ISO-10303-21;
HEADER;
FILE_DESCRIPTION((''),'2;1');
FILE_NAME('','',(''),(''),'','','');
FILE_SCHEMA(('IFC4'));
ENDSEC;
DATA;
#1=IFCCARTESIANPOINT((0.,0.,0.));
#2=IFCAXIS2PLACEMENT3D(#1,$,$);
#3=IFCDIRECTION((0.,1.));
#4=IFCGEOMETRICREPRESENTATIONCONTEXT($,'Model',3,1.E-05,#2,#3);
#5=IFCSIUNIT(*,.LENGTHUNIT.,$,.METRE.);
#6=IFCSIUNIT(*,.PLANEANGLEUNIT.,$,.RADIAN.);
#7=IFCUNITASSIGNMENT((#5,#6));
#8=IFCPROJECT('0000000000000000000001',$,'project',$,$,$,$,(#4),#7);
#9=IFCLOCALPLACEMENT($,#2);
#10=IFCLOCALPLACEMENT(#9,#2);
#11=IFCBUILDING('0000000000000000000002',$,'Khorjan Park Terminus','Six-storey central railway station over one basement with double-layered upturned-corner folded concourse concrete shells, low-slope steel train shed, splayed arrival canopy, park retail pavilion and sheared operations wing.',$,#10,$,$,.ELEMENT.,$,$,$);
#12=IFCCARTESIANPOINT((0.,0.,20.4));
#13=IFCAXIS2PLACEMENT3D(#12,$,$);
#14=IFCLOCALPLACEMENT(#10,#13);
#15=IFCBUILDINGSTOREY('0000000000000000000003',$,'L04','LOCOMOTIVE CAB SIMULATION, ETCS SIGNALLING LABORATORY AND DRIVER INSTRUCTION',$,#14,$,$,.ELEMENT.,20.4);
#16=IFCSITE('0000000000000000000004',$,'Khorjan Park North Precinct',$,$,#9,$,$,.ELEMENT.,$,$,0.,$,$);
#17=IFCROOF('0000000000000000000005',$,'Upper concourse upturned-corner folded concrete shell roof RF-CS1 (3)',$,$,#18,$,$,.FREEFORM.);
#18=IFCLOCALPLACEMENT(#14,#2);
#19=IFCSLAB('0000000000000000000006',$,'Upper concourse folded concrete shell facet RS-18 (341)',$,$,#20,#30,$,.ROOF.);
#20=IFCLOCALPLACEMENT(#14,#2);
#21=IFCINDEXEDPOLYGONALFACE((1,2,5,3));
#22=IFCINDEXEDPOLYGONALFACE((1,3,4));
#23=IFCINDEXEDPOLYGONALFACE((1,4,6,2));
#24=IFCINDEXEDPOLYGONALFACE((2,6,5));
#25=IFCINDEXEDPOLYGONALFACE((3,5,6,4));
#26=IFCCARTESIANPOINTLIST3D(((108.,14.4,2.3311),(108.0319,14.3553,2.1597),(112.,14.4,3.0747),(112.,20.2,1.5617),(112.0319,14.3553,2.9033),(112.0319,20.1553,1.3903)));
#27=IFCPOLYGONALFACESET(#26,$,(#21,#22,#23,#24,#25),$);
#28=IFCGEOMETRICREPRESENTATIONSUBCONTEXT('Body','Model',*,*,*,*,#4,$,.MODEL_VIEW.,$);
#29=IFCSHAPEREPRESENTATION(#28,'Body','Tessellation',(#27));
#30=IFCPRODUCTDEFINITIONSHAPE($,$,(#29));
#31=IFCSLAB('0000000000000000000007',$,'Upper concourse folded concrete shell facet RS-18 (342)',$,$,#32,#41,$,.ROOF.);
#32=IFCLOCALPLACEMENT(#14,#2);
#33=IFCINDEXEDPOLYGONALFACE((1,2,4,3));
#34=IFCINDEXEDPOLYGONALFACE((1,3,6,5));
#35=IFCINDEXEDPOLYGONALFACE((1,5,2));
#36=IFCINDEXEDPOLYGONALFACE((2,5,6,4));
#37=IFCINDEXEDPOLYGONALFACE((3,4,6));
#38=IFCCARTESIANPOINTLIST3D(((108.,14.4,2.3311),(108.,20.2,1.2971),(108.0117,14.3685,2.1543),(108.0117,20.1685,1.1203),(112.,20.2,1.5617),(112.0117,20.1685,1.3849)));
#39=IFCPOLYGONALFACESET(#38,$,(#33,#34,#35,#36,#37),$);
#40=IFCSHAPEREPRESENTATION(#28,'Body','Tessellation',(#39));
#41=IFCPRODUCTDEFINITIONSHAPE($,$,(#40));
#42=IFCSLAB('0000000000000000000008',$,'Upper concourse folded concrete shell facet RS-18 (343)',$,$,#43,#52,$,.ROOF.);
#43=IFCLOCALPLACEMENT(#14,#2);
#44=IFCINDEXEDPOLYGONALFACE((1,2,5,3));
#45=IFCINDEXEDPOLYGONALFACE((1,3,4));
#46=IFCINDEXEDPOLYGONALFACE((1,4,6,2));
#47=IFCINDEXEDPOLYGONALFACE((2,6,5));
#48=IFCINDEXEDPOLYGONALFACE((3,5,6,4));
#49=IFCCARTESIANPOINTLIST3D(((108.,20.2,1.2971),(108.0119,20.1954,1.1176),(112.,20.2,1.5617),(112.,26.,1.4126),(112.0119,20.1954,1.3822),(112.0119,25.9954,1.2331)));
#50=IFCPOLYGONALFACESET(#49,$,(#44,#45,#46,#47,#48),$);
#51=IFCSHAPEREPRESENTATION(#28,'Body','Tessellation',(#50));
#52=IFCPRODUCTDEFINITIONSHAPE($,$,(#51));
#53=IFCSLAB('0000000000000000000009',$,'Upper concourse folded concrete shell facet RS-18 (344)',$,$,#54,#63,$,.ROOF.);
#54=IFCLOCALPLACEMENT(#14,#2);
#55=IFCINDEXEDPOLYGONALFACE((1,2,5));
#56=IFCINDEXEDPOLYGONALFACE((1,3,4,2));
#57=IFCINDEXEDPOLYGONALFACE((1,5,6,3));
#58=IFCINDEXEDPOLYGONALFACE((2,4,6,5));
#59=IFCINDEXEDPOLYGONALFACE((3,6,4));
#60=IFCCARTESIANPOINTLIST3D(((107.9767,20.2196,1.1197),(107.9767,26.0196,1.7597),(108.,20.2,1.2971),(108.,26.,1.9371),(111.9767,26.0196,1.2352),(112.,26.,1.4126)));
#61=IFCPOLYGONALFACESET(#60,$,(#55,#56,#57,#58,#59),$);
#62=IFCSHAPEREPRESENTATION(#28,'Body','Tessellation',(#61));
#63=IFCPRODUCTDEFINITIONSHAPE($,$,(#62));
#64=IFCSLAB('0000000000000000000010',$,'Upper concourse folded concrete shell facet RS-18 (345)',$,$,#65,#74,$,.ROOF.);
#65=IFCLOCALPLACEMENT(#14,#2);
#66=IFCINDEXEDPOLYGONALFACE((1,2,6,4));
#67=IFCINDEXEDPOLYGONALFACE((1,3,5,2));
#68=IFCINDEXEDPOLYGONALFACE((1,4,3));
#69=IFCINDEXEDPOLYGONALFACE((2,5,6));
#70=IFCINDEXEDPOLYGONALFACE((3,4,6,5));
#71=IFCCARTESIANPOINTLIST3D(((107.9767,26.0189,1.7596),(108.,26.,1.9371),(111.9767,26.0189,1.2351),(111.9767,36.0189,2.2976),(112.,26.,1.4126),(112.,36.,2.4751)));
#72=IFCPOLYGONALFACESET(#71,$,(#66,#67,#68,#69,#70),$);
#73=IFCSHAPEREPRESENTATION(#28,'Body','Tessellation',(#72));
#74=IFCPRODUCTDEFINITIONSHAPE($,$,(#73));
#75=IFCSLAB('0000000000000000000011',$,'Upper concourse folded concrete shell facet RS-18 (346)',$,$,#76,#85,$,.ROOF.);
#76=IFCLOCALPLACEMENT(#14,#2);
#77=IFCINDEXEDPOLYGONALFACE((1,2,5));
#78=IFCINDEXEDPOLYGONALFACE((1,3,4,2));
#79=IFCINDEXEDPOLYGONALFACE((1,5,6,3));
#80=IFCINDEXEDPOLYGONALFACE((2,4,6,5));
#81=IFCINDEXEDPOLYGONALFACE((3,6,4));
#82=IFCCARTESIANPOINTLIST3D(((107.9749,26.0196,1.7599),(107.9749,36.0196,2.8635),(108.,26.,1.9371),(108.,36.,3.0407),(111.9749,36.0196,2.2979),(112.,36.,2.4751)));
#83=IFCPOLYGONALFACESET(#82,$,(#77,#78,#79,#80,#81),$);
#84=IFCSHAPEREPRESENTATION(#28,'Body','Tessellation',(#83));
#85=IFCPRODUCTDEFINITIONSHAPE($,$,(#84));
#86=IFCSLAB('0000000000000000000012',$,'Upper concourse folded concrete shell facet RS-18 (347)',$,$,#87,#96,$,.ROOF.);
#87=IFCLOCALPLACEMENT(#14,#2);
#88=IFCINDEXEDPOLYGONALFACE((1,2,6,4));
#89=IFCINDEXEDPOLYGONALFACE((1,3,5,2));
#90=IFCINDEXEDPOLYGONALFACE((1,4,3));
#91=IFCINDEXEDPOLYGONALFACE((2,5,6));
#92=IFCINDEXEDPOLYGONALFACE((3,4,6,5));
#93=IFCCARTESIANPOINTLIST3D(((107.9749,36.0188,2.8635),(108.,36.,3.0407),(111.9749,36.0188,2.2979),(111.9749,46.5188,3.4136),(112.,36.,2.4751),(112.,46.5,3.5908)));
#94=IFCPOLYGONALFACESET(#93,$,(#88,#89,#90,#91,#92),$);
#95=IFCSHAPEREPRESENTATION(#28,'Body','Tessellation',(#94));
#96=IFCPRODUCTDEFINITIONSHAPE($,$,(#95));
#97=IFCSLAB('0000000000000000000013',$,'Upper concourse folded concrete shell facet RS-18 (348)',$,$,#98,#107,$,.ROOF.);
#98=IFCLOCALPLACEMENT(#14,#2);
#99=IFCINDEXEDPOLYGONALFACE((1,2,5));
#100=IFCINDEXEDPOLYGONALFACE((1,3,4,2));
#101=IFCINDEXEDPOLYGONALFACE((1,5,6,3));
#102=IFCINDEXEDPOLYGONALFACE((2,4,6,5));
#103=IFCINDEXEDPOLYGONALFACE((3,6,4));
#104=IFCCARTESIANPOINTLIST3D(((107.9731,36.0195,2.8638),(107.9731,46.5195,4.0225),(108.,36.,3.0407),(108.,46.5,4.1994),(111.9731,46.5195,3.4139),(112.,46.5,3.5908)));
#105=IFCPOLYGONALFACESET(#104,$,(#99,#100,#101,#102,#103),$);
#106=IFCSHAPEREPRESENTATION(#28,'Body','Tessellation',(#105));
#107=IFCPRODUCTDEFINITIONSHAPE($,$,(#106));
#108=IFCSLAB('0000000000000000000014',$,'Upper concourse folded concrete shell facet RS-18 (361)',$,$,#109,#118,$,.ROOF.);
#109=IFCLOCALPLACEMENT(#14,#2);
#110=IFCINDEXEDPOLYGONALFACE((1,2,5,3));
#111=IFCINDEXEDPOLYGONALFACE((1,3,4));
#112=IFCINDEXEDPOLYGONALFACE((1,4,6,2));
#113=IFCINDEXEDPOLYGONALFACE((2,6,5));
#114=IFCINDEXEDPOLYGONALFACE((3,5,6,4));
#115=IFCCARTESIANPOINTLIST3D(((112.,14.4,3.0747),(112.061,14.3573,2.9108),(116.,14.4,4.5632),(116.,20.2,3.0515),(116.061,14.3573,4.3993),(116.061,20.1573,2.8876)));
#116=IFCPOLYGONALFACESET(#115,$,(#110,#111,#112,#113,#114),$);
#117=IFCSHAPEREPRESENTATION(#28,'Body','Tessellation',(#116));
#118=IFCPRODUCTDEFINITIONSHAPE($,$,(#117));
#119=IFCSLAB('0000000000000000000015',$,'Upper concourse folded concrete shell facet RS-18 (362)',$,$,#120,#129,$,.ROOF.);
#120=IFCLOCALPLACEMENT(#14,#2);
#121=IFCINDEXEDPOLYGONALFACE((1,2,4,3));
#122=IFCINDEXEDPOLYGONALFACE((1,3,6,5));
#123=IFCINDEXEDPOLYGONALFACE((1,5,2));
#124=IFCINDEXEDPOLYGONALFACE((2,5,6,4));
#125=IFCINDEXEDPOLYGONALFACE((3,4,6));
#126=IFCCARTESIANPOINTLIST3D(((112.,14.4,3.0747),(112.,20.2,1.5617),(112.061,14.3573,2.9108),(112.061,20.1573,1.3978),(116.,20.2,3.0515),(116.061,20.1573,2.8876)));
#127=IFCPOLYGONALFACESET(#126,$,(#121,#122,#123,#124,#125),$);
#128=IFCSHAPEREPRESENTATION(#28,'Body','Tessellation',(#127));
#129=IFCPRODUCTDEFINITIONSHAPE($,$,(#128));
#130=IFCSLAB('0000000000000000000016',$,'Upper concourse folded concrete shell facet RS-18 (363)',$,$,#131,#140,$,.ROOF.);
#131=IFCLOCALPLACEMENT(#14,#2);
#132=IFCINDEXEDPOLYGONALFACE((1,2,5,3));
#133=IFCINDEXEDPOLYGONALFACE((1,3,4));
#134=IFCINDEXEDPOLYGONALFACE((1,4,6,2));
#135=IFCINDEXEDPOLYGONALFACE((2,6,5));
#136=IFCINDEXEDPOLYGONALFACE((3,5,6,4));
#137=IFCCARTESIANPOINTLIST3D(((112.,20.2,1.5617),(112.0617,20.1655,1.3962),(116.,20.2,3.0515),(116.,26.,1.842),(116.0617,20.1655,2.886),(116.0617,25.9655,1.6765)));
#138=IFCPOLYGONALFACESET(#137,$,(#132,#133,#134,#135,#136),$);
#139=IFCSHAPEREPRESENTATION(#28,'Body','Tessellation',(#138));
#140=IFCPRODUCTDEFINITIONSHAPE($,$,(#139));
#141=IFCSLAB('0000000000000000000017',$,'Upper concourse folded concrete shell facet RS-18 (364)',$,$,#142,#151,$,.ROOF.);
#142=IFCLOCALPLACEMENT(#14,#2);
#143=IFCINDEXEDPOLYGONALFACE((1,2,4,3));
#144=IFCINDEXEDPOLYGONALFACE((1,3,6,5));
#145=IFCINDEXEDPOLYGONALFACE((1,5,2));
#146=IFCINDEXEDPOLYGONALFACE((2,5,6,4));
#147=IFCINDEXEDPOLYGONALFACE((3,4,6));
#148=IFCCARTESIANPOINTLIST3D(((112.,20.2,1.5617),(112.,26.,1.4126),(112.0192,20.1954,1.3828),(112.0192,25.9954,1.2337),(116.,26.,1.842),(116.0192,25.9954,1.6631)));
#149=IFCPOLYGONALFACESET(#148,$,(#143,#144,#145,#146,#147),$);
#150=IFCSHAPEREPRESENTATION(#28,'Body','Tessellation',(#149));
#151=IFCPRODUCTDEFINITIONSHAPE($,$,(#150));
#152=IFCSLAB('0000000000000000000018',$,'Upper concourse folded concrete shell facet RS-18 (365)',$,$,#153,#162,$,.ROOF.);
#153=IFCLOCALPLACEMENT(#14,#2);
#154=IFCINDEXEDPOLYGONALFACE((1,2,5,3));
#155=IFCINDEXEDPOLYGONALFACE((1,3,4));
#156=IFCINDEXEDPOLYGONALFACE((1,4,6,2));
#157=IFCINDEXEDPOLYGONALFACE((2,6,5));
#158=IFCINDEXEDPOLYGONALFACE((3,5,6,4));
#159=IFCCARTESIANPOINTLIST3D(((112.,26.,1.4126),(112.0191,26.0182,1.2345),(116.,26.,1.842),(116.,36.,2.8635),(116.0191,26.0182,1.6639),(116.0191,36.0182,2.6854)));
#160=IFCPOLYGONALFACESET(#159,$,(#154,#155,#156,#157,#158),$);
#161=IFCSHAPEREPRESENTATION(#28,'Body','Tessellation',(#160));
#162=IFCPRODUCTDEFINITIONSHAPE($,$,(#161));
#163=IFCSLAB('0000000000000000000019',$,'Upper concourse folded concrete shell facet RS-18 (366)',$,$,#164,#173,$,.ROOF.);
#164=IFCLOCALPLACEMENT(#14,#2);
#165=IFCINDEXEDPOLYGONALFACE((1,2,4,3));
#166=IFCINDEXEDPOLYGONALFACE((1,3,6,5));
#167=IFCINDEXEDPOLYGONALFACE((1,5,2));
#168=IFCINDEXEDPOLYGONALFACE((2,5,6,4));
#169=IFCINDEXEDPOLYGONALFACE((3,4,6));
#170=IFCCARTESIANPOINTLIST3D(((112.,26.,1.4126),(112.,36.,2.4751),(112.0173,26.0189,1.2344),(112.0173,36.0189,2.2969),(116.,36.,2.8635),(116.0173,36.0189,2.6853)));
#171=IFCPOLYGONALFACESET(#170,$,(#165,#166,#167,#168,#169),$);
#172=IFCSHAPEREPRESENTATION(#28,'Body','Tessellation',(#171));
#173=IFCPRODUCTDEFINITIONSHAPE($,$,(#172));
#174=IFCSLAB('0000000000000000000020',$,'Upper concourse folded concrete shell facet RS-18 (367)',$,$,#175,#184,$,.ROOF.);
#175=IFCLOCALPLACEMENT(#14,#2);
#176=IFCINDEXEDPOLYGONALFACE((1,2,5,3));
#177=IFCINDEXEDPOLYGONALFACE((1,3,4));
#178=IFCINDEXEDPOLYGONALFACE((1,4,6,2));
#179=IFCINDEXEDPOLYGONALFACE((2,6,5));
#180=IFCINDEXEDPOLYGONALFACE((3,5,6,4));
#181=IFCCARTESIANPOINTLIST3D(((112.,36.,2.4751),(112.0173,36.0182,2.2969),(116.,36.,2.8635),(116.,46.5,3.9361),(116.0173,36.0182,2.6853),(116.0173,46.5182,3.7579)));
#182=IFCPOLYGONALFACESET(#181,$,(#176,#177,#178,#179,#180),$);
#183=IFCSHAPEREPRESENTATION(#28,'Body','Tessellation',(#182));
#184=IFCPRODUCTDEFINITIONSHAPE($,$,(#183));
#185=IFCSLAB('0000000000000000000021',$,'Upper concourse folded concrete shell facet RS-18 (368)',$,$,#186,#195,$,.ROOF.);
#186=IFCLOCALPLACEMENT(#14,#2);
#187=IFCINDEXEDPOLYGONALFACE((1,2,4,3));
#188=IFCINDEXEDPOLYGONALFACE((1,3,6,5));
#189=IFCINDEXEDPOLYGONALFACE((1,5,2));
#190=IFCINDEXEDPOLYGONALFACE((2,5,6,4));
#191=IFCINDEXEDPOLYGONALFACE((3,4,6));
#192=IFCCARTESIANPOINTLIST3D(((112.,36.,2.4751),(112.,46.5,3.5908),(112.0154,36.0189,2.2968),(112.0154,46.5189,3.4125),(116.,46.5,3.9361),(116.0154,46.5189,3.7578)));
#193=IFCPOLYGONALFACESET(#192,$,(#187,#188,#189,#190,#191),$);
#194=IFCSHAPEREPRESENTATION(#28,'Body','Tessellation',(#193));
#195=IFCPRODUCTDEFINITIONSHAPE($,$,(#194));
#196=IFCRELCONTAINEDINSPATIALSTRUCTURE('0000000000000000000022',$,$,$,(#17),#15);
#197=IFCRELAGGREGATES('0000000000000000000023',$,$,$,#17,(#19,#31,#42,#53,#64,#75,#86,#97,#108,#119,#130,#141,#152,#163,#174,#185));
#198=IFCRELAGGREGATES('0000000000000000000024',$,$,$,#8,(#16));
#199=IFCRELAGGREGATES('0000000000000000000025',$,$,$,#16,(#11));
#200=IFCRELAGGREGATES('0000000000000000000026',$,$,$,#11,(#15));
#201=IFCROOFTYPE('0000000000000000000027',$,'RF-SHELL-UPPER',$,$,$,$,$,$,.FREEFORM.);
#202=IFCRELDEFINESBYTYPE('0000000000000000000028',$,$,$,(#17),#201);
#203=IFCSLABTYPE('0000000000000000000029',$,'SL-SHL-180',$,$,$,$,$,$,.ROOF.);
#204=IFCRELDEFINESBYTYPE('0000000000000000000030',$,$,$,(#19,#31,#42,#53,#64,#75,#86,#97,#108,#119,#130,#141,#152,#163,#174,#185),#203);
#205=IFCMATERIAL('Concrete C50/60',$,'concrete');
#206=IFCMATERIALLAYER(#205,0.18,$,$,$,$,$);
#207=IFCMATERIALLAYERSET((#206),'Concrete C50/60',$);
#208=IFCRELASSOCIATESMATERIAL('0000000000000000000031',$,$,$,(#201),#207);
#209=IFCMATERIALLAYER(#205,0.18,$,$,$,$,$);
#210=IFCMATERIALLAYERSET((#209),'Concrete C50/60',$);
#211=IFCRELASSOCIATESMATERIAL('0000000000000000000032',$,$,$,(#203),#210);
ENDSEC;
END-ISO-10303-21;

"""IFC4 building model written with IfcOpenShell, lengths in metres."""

from ifc_helpers import new_model, si_unit, direction, frame, origin, place, context, subcontext, project, spatial, polyline, outline, extrude, material, layer, layer_set, type_object, element, aggregate, save


model = new_model("IFC4")

# Units and contexts
model_context = context("Model", 3, precision=1e-05, world=origin(), true_north=direction((0.0, 1.0)))
body_context = subcontext(model_context, "Body", "Model", "MODEL_VIEW")
ifc_project = project(units=[si_unit("LENGTHUNIT", "METRE"), si_unit("PLANEANGLEUNIT", "RADIAN")], contexts=[model_context])

# Site, building, storey
site_placement = place(None, origin())
site = spatial("IfcSite", under=ifc_project, at=site_placement, Name="Khorjan Park North Precinct", CompositionType="ELEMENT", RefElevation=0.0)
building_placement = place(site_placement, origin())
building = spatial("IfcBuilding", under=site, at=building_placement, Name="Khorjan Park Terminus", Description="Six-storey central railway station over one basement with double-layered upturned-corner folded concourse concrete shells, low-slope steel train shed, splayed arrival canopy, park retail pavilion and sheared operations wing.", CompositionType="ELEMENT")
storey_placement = place(building_placement, frame((0.0, 0.0, 20.4)))
storey = spatial("IfcBuildingStorey", under=building, at=storey_placement, Name="L04", Description="LOCOMOTIVE CAB SIMULATION, ETCS SIGNALLING LABORATORY AND DRIVER INSTRUCTION", CompositionType="ELEMENT", Elevation=20.4)

# Roof, slabs
ifc_material = material(Name="Concrete C50/60", Category="concrete")
ifc_layer_1 = layer(ifc_material, 0.18)
ifc_layer_set_1 = layer_set([ifc_layer_1], Name="Concrete C50/60")
roof_type = type_object("IfcRoofType", Name="RF-SHELL-UPPER", PredefinedType="FREEFORM", material=ifc_layer_set_1)
roof_placement = place(storey_placement, origin())
roof = element("IfcRoof", 1, at=roof_placement, inside=storey, type_object=roof_type, Name="Upper concourse upturned-corner folded concrete shell roof RF-CS1 (3)", PredefinedType="FREEFORM")
ifc_layer_2 = layer(ifc_material, 0.18)
ifc_layer_set_2 = layer_set([ifc_layer_2], Name="Concrete C50/60")
slab_type = type_object("IfcSlabType", Name="SL-SHL-180", PredefinedType="ROOF", material=ifc_layer_set_2)
slab_1_placement = place(storey_placement, frame((108.0, 14.4, 2.3311), z_axis=(-0.177039, 0.248428, 0.952334), x_axis=(0.983156, 0.0, 0.182769)))
slab_1 = element("IfcSlab", 2, at=slab_1_placement, type_object=slab_type, Name="Upper concourse folded concrete shell facet RS-18 (341)", PredefinedType="ROOF", context=body_context, shape_type="SweptSolid", body=[
    extrude(outline(polyline([(0.0, 0.0), (4.0685, 0.0), (3.792, 5.9877), (0.0, 0.0)])), origin(), (0.0, 0.0, -1.0), 0.18),
])
slab_2_placement = place(storey_placement, frame((108.0, 14.4, 2.3311), z_axis=(-0.064986, 0.175138, 0.982397), x_axis=(0.564378, 0.818348, -0.108558)))
slab_2 = element("IfcSlab", 3, at=slab_2_placement, type_object=slab_type, Name="Upper concourse folded concrete shell facet RS-18 (342)", PredefinedType="ROOF", context=body_context, shape_type="SweptSolid", body=[
    extrude(outline(polyline([(0.0, 0.0), (7.0875, 0.0), (4.8587, 3.332), (0.0, 0.0)])), origin(), (0.0, 0.0, -1.0), 0.18),
])
slab_3_placement = place(storey_placement, frame((108.0, 20.2, 1.2971), z_axis=(-0.065984, 0.025642, 0.997491), x_axis=(0.997819, 0.0, 0.066006)))
slab_3 = element("IfcSlab", 4, at=slab_3_placement, type_object=slab_type, Name="Upper concourse folded concrete shell facet RS-18 (343)", PredefinedType="ROOF", context=body_context, shape_type="SweptSolid", body=[
    extrude(outline(polyline([(0.0, 0.0), (4.0087, 0.0), (3.9989, 5.8019), (0.0, 0.0)])), origin(), (0.0, 0.0, -1.0), 0.18),
])
slab_4_placement = place(storey_placement, frame((108.0, 20.2, 1.2971), z_axis=(0.129241, -0.108759, 0.985631), x_axis=(0.567657, 0.823102, 0.016391)))
slab_4 = element("IfcSlab", 5, at=slab_4_placement, type_object=slab_type, Name="Upper concourse folded concrete shell facet RS-18 (344)", PredefinedType="ROOF", context=body_context, shape_type="SweptSolid", body=[
    extrude(outline(polyline([(0.0, 0.0), (7.0465, 0.0), (4.7845, 3.3404), (0.0, 0.0)])), origin(), (0.0, 0.0, -1.0), 0.18),
])
slab_5_placement = place(storey_placement, frame((108.0, 26.0, 1.9371), z_axis=(0.129297, -0.104768, 0.986056), x_axis=(0.991512, 0.0, -0.130012)))
slab_5 = element("IfcSlab", 6, at=slab_5_placement, type_object=slab_type, Name="Upper concourse folded concrete shell facet RS-18 (345)", PredefinedType="ROOF", context=body_context, shape_type="SweptSolid", body=[
    extrude(outline(polyline([(0.0, 0.0), (4.0342, 0.0), (3.8961, 10.0553), (0.0, 0.0)])), origin(), (0.0, 0.0, -1.0), 0.18),
])
slab_6_placement = place(storey_placement, frame((108.0, 26.0, 1.9371), z_axis=(0.139179, -0.108626, 0.984291), x_axis=(0.370928, 0.92732, 0.04989)))
slab_6 = element("IfcSlab", 7, at=slab_6_placement, type_object=slab_type, Name="Upper concourse folded concrete shell facet RS-18 (346)", PredefinedType="ROOF", context=body_context, shape_type="SweptSolid", body=[
    extrude(outline(polyline([(0.0, 0.0), (10.7838, 0.0), (9.3283, 3.7685), (0.0, 0.0)])), origin(), (0.0, 0.0, -1.0), 0.18),
])
slab_7_placement = place(storey_placement, frame((108.0, 36.0, 3.0407), z_axis=(0.139239, -0.104633, 0.984715), x_axis=(0.99015, 0.0, -0.140007)))
slab_7 = element("IfcSlab", 8, at=slab_7_placement, type_object=slab_type, Name="Upper concourse folded concrete shell facet RS-18 (347)", PredefinedType="ROOF", context=body_context, shape_type="SweptSolid", body=[
    extrude(outline(polyline([(0.0, 0.0), (4.0398, 0.0), (3.8836, 10.558), (0.0, 0.0)])), origin(), (0.0, 0.0, -1.0), 0.18),
])
slab_8_placement = place(storey_placement, frame((108.0, 36.0, 3.0407), z_axis=(0.149532, -0.108453, 0.982791), x_axis=(0.355569, 0.93337, 0.0489)))
slab_8 = element("IfcSlab", 9, at=slab_8_placement, type_object=slab_type, Name="Upper concourse folded concrete shell facet RS-18 (348)", PredefinedType="ROOF", context=body_context, shape_type="SweptSolid", body=[
    extrude(outline(polyline([(0.0, 0.0), (11.2496, 0.0), (9.857, 3.7989), (0.0, 0.0)])), origin(), (0.0, 0.0, -1.0), 0.18),
])
slab_9_placement = place(storey_placement, frame((112.0, 14.4, 3.0747), z_axis=(-0.338799, 0.237296, 0.910443), x_axis=(0.937212, 0.0, 0.34876)))
slab_9 = element("IfcSlab", 10, at=slab_9_placement, type_object=slab_type, Name="Upper concourse folded concrete shell facet RS-18 (361)", PredefinedType="ROOF", context=body_context, shape_type="SweptSolid", body=[
    extrude(outline(polyline([(0.0, 0.0), (4.268, 0.0), (3.7408, 5.9705), (0.0, 0.0)])), origin(), (0.0, 0.0, -1.0), 0.18),
])
slab_10_placement = place(storey_placement, frame((112.0, 14.4, 3.0747), z_axis=(-0.339044, 0.237465, 0.910307), x_axis=(0.56773, 0.823208, -0.003293)))
slab_10 = element("IfcSlab", 11, at=slab_10_placement, type_object=slab_type, Name="Upper concourse folded concrete shell facet RS-18 (362)", PredefinedType="ROOF", context=body_context, shape_type="SweptSolid", body=[
    extrude(outline(polyline([(0.0, 0.0), (7.0456, 0.0), (4.7796, 3.6173), (0.0, 0.0)])), origin(), (0.0, 0.0, -1.0), 0.18),
])
slab_11_placement = place(storey_placement, frame((112.0, 20.2, 1.5617), z_axis=(-0.342548, 0.191792, 0.919715), x_axis=(0.937112, 0.0, 0.349028)))
slab_11 = element("IfcSlab", 12, at=slab_11_placement, type_object=slab_type, Name="Upper concourse folded concrete shell facet RS-18 (363)", PredefinedType="ROOF", context=body_context, shape_type="SweptSolid", body=[
    extrude(outline(polyline([(0.0, 0.0), (4.2684, 0.0), (3.8463, 5.9097), (0.0, 0.0)])), origin(), (0.0, 0.0, -1.0), 0.18),
])
slab_12_placement = place(storey_placement, frame((112.0, 20.2, 1.5617), z_axis=(-0.106702, 0.025552, 0.993963), x_axis=(0.567284, 0.822562, 0.039752)))
slab_12 = element("IfcSlab", 13, at=slab_12_placement, type_object=slab_type, Name="Upper concourse folded concrete shell facet RS-18 (364)", PredefinedType="ROOF", context=body_context, shape_type="SweptSolid", body=[
    extrude(outline(polyline([(0.0, 0.0), (7.0511, 0.0), (4.7649, 3.3102), (0.0, 0.0)])), origin(), (0.0, 0.0, -1.0), 0.18),
])
slab_13_placement = place(storey_placement, frame((112.0, 26.0, 1.4126), z_axis=(-0.10619, -0.101047, 0.989198), x_axis=(0.994287, 0.0, 0.106737)))
slab_13 = element("IfcSlab", 14, at=slab_13_placement, type_object=slab_type, Name="Upper concourse folded concrete shell facet RS-18 (365)", PredefinedType="ROOF", context=body_context, shape_type="SweptSolid", body=[
    extrude(outline(polyline([(0.0, 0.0), (4.023, 0.0), (4.132, 10.0514), (0.0, 0.0)])), origin(), (0.0, 0.0, -1.0), 0.18),
])
slab_14_placement = place(storey_placement, frame((112.0, 26.0, 1.4126), z_axis=(-0.09611, -0.105166, 0.989799), x_axis=(0.368066, 0.920165, 0.133507)))
slab_14 = element("IfcSlab", 15, at=slab_14_placement, type_object=slab_type, Name="Upper concourse folded concrete shell facet RS-18 (366)", PredefinedType="ROOF", context=body_context, shape_type="SweptSolid", body=[
    extrude(outline(polyline([(0.0, 0.0), (10.8676, 0.0), (9.3435, 3.7186), (0.0, 0.0)])), origin(), (0.0, 0.0, -1.0), 0.18),
])
slab_15_placement = place(storey_placement, frame((112.0, 36.0, 2.4751), z_axis=(-0.09615, -0.101153, 0.990214), x_axis=(0.995319, 0.0, 0.096645)))
slab_15 = element("IfcSlab", 16, at=slab_15_placement, type_object=slab_type, Name="Upper concourse folded concrete shell facet RS-18 (367)", PredefinedType="ROOF", context=body_context, shape_type="SweptSolid", body=[
    extrude(outline(polyline([(0.0, 0.0), (4.0188, 0.0), (4.1225, 10.5541), (0.0, 0.0)])), origin(), (0.0, 0.0, -1.0), 0.18),
])
slab_16_placement = place(storey_placement, frame((112.0, 36.0, 2.4751), z_axis=(-0.085527, -0.105275, 0.990758), x_axis=(0.353024, 0.926687, 0.128942)))
slab_16 = element("IfcSlab", 17, at=slab_16_placement, type_object=slab_type, Name="Upper concourse folded concrete shell facet RS-18 (368)", PredefinedType="ROOF", context=body_context, shape_type="SweptSolid", body=[
    extrude(outline(polyline([(0.0, 0.0), (11.3307, 0.0), (9.8741, 3.7413), (0.0, 0.0)])), origin(), (0.0, 0.0, -1.0), 0.18),
])
aggregate(roof, [slab_1, slab_2, slab_3, slab_4, slab_5, slab_6, slab_7, slab_8, slab_9, slab_10, slab_11, slab_12, slab_13, slab_14, slab_15, slab_16])

save(model, "model.ifc")
